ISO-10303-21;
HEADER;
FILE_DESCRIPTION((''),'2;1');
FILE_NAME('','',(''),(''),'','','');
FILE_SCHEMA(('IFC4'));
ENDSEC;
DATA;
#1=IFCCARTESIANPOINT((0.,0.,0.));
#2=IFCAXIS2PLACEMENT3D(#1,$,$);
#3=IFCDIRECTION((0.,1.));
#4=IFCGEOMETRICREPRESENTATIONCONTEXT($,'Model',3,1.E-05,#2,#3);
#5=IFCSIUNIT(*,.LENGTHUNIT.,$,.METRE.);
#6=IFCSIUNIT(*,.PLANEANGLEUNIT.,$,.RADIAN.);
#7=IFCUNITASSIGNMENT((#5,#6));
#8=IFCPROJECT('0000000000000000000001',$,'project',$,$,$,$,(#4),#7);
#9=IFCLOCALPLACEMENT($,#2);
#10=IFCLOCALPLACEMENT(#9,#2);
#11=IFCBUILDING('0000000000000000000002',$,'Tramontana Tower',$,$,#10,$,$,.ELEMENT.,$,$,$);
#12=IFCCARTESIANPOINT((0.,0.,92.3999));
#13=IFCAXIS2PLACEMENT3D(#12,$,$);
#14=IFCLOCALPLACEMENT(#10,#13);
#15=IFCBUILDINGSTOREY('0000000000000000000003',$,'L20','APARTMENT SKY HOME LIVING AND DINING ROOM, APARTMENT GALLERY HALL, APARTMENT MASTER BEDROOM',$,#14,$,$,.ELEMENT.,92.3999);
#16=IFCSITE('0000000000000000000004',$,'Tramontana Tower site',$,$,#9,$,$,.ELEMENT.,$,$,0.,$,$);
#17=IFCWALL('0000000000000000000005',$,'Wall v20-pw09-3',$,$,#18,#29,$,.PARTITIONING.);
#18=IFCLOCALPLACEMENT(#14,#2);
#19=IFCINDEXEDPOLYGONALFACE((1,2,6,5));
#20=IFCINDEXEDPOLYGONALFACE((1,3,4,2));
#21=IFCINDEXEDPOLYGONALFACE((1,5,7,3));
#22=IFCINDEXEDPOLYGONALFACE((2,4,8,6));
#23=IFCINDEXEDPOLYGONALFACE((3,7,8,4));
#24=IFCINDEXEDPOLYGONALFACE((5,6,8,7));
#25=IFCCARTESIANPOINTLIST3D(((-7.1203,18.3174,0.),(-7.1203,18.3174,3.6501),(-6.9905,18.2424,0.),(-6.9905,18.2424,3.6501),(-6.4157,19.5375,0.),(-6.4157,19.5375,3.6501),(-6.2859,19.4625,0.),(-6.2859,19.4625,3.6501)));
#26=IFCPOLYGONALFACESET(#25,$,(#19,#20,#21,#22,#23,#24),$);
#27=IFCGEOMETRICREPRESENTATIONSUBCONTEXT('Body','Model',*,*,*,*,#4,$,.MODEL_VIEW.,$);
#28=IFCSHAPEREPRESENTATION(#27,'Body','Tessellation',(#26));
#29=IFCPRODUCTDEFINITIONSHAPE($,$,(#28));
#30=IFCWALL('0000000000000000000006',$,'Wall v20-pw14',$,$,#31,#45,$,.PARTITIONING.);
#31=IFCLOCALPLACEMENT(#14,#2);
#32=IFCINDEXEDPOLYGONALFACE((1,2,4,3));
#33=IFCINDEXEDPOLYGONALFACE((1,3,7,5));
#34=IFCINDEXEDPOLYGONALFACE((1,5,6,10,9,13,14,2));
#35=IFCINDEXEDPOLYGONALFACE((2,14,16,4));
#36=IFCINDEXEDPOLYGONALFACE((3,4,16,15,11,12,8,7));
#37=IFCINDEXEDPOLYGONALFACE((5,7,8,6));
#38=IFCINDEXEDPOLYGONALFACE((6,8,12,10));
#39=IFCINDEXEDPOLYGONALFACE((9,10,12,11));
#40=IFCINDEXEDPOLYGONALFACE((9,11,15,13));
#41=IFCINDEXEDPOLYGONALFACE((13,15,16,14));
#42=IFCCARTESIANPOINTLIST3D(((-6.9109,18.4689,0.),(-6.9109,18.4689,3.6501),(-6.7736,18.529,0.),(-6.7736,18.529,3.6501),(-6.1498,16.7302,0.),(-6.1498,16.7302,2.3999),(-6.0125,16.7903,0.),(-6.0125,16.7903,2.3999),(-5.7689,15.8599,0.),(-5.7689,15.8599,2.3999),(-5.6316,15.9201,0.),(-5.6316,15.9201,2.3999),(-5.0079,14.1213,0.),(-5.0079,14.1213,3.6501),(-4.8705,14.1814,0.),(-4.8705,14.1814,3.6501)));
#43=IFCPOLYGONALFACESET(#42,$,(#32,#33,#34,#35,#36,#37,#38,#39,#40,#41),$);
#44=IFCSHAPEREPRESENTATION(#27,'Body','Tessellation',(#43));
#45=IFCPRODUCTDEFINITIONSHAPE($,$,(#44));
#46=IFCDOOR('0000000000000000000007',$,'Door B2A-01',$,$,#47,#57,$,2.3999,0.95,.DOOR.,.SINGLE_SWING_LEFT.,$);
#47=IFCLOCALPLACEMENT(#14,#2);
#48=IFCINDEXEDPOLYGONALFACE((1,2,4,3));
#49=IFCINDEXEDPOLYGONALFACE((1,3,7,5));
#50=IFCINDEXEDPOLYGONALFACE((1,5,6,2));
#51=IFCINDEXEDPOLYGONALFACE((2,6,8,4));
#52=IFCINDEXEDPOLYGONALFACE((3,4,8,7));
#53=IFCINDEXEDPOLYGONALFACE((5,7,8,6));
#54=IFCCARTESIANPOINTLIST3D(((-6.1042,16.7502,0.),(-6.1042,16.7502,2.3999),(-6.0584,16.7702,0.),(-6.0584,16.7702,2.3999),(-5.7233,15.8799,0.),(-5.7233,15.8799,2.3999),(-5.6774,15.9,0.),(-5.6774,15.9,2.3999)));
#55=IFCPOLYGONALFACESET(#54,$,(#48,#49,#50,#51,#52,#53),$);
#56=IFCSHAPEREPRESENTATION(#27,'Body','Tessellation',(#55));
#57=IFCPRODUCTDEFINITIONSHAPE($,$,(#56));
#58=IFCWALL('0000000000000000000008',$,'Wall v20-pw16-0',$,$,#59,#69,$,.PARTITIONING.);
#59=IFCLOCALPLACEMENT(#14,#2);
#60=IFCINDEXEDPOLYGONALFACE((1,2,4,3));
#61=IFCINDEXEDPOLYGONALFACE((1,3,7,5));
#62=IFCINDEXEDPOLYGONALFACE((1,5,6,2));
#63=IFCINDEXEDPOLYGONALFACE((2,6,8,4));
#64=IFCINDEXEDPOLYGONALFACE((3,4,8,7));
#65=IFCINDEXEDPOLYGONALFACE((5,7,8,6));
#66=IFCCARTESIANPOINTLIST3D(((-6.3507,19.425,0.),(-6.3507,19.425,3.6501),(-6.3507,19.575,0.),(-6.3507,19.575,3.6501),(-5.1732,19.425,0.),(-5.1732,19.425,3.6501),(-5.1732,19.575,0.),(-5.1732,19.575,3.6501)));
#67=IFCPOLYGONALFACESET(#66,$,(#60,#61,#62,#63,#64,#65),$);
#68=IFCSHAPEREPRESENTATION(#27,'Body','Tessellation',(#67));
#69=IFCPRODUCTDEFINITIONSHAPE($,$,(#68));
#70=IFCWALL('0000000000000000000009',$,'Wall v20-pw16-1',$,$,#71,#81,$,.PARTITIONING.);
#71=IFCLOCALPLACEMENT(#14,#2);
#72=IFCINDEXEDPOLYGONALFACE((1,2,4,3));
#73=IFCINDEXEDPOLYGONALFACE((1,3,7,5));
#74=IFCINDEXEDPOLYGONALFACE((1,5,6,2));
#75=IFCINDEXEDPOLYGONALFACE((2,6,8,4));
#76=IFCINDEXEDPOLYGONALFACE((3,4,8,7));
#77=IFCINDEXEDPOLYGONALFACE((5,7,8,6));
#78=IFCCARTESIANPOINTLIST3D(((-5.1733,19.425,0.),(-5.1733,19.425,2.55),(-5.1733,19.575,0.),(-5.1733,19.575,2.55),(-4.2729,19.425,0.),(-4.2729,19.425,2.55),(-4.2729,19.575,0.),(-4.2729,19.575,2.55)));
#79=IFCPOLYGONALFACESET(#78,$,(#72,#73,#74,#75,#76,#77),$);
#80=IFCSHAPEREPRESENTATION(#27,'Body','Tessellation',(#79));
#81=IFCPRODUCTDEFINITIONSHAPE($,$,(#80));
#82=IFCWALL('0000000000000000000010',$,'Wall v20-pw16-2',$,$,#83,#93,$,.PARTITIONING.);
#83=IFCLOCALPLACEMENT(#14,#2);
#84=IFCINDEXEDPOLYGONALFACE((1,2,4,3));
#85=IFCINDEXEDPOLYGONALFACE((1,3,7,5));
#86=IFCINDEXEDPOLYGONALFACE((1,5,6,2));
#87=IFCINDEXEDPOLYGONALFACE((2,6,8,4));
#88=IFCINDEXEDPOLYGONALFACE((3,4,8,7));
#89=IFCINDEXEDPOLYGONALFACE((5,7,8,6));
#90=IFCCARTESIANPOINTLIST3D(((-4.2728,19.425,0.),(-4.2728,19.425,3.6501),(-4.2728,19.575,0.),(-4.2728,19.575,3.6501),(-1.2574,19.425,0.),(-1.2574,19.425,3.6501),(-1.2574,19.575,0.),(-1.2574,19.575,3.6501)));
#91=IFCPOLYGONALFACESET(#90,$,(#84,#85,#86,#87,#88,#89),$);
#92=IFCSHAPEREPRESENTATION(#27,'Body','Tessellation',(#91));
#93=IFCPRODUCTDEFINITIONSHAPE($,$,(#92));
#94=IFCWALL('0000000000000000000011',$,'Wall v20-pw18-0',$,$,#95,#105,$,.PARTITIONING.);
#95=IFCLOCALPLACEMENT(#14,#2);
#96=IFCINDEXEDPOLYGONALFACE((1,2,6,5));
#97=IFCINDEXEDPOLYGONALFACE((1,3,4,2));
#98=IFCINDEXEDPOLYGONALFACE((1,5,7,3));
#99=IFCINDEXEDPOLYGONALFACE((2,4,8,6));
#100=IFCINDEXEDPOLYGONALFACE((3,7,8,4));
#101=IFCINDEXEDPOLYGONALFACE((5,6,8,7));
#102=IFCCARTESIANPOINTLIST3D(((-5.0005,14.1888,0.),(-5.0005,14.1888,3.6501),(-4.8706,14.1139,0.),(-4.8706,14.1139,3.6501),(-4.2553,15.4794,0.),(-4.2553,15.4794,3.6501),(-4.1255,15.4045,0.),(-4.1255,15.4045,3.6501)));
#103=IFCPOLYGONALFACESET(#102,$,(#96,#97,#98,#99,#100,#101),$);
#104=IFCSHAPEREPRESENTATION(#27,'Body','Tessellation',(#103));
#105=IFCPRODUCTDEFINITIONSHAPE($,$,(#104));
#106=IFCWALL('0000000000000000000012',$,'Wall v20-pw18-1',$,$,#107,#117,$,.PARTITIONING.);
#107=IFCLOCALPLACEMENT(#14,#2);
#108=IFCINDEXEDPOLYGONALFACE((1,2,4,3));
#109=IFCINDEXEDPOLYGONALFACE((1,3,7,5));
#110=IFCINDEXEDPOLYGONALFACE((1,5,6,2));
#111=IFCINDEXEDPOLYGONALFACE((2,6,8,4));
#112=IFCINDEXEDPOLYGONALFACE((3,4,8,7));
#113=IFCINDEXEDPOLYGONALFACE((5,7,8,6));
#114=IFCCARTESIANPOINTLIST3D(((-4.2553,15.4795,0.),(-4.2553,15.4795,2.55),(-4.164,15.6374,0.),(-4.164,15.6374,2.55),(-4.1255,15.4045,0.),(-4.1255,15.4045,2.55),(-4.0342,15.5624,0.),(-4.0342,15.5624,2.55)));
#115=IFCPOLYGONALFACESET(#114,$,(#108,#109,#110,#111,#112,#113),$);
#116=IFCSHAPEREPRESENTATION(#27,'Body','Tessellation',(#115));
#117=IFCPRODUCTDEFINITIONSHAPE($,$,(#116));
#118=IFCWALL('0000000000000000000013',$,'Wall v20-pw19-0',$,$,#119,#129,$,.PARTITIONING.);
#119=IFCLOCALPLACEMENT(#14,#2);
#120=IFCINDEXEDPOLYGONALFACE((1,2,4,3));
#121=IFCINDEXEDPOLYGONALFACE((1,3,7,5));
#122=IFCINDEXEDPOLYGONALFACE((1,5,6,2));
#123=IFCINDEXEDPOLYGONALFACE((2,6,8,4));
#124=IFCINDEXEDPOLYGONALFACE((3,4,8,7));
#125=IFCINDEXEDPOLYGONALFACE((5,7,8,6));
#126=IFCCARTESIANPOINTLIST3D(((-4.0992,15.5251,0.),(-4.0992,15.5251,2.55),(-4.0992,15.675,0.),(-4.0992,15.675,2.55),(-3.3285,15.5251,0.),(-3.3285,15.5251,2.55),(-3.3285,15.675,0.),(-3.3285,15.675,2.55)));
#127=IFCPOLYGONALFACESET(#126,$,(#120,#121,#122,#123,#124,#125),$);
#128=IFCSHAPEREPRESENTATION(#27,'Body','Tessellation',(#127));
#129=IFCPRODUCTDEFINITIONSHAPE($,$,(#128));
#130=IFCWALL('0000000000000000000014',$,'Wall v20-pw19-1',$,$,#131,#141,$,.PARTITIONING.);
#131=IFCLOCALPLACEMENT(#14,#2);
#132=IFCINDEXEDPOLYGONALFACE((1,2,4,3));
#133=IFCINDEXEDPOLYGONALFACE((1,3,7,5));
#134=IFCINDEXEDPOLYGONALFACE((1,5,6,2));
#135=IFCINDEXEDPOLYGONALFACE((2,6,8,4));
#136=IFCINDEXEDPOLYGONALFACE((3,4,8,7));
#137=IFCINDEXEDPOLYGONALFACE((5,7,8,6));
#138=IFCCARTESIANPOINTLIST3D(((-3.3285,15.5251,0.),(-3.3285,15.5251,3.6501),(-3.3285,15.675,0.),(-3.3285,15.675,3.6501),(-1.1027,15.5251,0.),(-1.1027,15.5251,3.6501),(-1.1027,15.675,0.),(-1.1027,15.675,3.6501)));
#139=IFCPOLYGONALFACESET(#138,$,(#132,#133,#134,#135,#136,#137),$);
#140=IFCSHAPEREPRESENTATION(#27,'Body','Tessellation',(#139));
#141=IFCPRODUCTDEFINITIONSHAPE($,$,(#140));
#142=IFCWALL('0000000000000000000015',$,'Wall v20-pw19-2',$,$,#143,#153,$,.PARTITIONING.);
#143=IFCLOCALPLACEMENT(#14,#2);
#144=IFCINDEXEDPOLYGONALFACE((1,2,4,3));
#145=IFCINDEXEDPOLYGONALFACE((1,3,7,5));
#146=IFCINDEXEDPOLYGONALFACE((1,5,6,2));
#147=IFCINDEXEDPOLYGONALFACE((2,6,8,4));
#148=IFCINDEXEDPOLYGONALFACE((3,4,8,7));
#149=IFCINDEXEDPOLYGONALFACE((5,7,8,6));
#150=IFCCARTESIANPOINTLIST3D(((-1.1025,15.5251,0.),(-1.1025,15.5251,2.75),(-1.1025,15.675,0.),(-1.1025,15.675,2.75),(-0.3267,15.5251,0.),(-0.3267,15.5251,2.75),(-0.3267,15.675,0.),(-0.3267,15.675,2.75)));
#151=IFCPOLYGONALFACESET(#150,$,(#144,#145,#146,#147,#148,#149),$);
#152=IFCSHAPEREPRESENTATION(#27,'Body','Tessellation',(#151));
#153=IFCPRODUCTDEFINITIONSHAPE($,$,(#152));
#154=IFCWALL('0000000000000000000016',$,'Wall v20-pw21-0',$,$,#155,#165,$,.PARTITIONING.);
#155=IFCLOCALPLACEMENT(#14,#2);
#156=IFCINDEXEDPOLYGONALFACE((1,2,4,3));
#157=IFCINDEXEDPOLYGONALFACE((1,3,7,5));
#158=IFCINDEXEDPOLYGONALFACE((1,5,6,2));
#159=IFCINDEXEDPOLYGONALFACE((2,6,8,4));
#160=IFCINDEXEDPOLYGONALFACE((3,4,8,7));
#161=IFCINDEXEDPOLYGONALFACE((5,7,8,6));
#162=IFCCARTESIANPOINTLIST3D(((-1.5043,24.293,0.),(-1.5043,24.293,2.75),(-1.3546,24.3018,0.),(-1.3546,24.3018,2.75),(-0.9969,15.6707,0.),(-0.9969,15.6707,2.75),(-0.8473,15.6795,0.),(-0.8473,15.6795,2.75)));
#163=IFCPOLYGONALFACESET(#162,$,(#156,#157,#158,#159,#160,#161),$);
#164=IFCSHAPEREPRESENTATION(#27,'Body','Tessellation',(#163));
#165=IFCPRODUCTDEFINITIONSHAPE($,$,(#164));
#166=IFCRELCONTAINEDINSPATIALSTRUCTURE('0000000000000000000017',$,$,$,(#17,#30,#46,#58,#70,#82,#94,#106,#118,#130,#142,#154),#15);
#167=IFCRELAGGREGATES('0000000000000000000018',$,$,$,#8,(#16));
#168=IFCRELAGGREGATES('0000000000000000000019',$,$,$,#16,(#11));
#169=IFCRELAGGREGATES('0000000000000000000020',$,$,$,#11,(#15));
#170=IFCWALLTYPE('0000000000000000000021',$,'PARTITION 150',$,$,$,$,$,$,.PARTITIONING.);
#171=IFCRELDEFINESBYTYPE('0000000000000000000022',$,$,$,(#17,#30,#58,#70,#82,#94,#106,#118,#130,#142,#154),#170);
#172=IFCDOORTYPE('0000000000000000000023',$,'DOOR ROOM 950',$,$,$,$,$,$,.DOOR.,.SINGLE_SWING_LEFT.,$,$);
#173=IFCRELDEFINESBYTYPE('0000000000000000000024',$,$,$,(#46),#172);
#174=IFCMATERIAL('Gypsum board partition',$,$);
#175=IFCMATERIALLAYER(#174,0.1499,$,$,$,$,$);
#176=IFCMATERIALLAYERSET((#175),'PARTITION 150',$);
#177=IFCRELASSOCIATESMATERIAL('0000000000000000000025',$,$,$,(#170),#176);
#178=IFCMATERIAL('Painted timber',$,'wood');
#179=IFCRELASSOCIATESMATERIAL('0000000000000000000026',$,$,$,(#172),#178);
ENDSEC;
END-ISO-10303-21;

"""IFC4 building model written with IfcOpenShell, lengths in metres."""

from ifc_helpers import new_model, si_unit, direction, frame, frame_2d, origin, place, context, subcontext, project, spatial, rectangle, extrude, material, layer, layer_set, type_object, element, fill, save


model = new_model("IFC4")

# Units and contexts
model_context = context("Model", 3, precision=1e-05, world=origin(), true_north=direction((0.0, 1.0)))
body_context = subcontext(model_context, "Body", "Model", "MODEL_VIEW")
ifc_project = project(units=[si_unit("LENGTHUNIT", "METRE"), si_unit("PLANEANGLEUNIT", "RADIAN")], contexts=[model_context])

# Site, building, storey
site_placement = place(None, origin())
site = spatial("IfcSite", under=ifc_project, at=site_placement, Name="Tramontana Tower site", CompositionType="ELEMENT", RefElevation=0.0)
building_placement = place(site_placement, origin())
building = spatial("IfcBuilding", under=site, at=building_placement, Name="Tramontana Tower", CompositionType="ELEMENT")
storey_placement = place(building_placement, frame((0.0, 0.0, 92.3999)))
storey = spatial("IfcBuildingStorey", under=building, at=storey_placement, Name="L20", Description="APARTMENT SKY HOME LIVING AND DINING ROOM, APARTMENT GALLERY HALL, APARTMENT MASTER BEDROOM", CompositionType="ELEMENT", Elevation=92.3999)

# Shared definitions
ifc_material_1 = material(Name="Gypsum board partition")
ifc_layer_1 = layer(ifc_material_1, 0.1499)
ifc_layer_set_1 = layer_set([ifc_layer_1], Name="PARTITION 150")
wall_type_1 = type_object("IfcWallType", Name="PARTITION 150", PredefinedType="PARTITIONING", material=ifc_layer_set_1)

# Shared definitions
ifc_material_2 = material(Name="Painted timber", Category="wood")
door_type_1 = type_object("IfcDoorType", Name="DOOR ROOM 950", OperationType="SINGLE_SWING_LEFT", PredefinedType="DOOR", material=ifc_material_2)

# Wall
wall_1_placement = place(storey_placement, frame((-7.0554, 18.2798, 0.0), z_axis=(0.0, 0.0, 1.0), x_axis=(0.500052, 0.865995, 0.0)))
element("IfcWall", 1, at=wall_1_placement, inside=storey, type_object=wall_type_1, Name="Wall v20-pw09-3", PredefinedType="PARTITIONING", context=body_context, shape_type="SweptSolid", body=[
    extrude(rectangle(XDim=1.4089, YDim=0.1499, at=frame_2d((0.7046, 0.0))), origin(), (0.0, 0.0, 1.0), 3.6501),
])

# Wall, opening, door
wall_2_placement = place(storey_placement, frame((-6.8423, 18.499, 0.0), z_axis=(0.0, 0.0, 1.0), x_axis=(0.400992, -0.916082, 0.0)))
wall_2 = element("IfcWall", 2, at=wall_2_placement, inside=storey, type_object=wall_type_1, Name="Wall v20-pw14", PredefinedType="PARTITIONING", context=body_context, shape_type="SweptSolid", body=[
    extrude(rectangle(XDim=4.7458, YDim=0.1499, at=frame_2d((2.373, 0.0))), origin(), (0.0, 0.0, 1.0), 3.6501),
])
opening_1_placement = place(wall_2_placement, frame((1.8979, 0.0, 0.0)))
opening_1 = element("IfcOpeningElement", 3, at=opening_1_placement, cuts=wall_2, PredefinedType="OPENING", context=body_context, shape_type="SweptSolid", body=[
    extrude(rectangle(XDim=0.95, YDim=2.3999, at=frame_2d((0.4751, 1.2))), frame((0.0, 0.085, 0.0), z_axis=(0.0, -1.0, 0.0), x_axis=(1.0, 0.0, 0.0)), (0.0, 0.0, 1.0), 0.1699),
])
door_1_placement = place(opening_1_placement, origin())
door_1 = element("IfcDoor", 4, at=door_1_placement, inside=storey, type_object=door_type_1, Name="Door B2A-01", OperationType="SINGLE_SWING_LEFT", OverallHeight=2.3999, OverallWidth=0.95, PredefinedType="DOOR", context=body_context, shape_type="SweptSolid", body=[
    extrude(rectangle(XDim=0.95, YDim=2.3999, at=frame_2d((0.4751, 1.2))), frame((0.0, 0.0249, 0.0), z_axis=(0.0, -1.0, 0.0), x_axis=(1.0, 0.0, 0.0)), (0.0, 0.0, 1.0), 0.05),
])
fill(opening_1, door_1)

# Walls
wall_3_placement = place(storey_placement, frame((-6.3508, 19.5, 0.0), z_axis=(0.0, 0.0, 1.0), x_axis=(1.0, 0.0, 0.0)))
element("IfcWall", 5, at=wall_3_placement, inside=storey, type_object=wall_type_1, Name="Wall v20-pw16-0", PredefinedType="PARTITIONING", context=body_context, shape_type="SweptSolid", body=[
    extrude(rectangle(XDim=1.1775, YDim=0.1499, at=frame_2d((0.5889, 0.0))), origin(), (0.0, 0.0, 1.0), 3.6501),
])
wall_4_placement = place(storey_placement, frame((-5.1733, 19.5, 0.0), z_axis=(0.0, 0.0, 1.0), x_axis=(1.0, 0.0, 0.0)))
element("IfcWall", 6, at=wall_4_placement, inside=storey, type_object=wall_type_1, Name="Wall v20-pw16-1", PredefinedType="PARTITIONING", context=body_context, shape_type="SweptSolid", body=[
    extrude(rectangle(XDim=0.9004, YDim=0.1499, at=frame_2d((0.4502, 0.0))), origin(), (0.0, 0.0, 1.0), 2.55),
])
wall_5_placement = place(storey_placement, frame((-4.2729, 19.5, 0.0), z_axis=(0.0, 0.0, 1.0), x_axis=(1.0, 0.0, 0.0)))
element("IfcWall", 7, at=wall_5_placement, inside=storey, type_object=wall_type_1, Name="Wall v20-pw16-2", PredefinedType="PARTITIONING", context=body_context, shape_type="SweptSolid", body=[
    extrude(rectangle(XDim=3.0154, YDim=0.1499, at=frame_2d((1.5078, 0.0))), origin(), (0.0, 0.0, 1.0), 3.6501),
])
wall_6_placement = place(storey_placement, frame((-4.9355, 14.1514, 0.0), z_axis=(0.0, 0.0, 1.0), x_axis=(0.500016, 0.866016, 0.0)))
element("IfcWall", 8, at=wall_6_placement, inside=storey, type_object=wall_type_1, Name="Wall v20-pw18-0", PredefinedType="PARTITIONING", context=body_context, shape_type="SweptSolid", body=[
    extrude(rectangle(XDim=1.4902, YDim=0.1499, at=frame_2d((0.7451, 0.0))), origin(), (0.0, 0.0, 1.0), 3.6501),
])
wall_7_placement = place(storey_placement, frame((-4.1904, 15.4419, 0.0), z_axis=(0.0, 0.0, 1.0), x_axis=(0.500456, 0.865762, 0.0)))
element("IfcWall", 9, at=wall_7_placement, inside=storey, type_object=wall_type_1, Name="Wall v20-pw18-1", PredefinedType="PARTITIONING", context=body_context, shape_type="SweptSolid", body=[
    extrude(rectangle(XDim=0.1824, YDim=0.1499, at=frame_2d((0.0913, 0.0))), origin(), (0.0, 0.0, 1.0), 2.55),
])
wall_8_placement = place(storey_placement, frame((-4.0991, 15.6001, 0.0), z_axis=(0.0, 0.0, 1.0), x_axis=(1.0, 0.0, 0.0)))
element("IfcWall", 10, at=wall_8_placement, inside=storey, type_object=wall_type_1, Name="Wall v20-pw19-0", PredefinedType="PARTITIONING", context=body_context, shape_type="SweptSolid", body=[
    extrude(rectangle(XDim=0.7708, YDim=0.1499, at=frame_2d((0.3853, 0.0))), origin(), (0.0, 0.0, 1.0), 2.55),
])
wall_9_placement = place(storey_placement, frame((-3.3284, 15.6001, 0.0), z_axis=(0.0, 0.0, 1.0), x_axis=(1.0, 0.0, 0.0)))
element("IfcWall", 11, at=wall_9_placement, inside=storey, type_object=wall_type_1, Name="Wall v20-pw19-1", PredefinedType="PARTITIONING", context=body_context, shape_type="SweptSolid", body=[
    extrude(rectangle(XDim=2.2258, YDim=0.1499, at=frame_2d((1.1128, 0.0))), origin(), (0.0, 0.0, 1.0), 3.6501),
])
wall_10_placement = place(storey_placement, frame((-1.1025, 15.6001, 0.0), z_axis=(0.0, 0.0, 1.0), x_axis=(1.0, 0.0, 0.0)))
element("IfcWall", 12, at=wall_10_placement, inside=storey, type_object=wall_type_1, Name="Wall v20-pw19-2", PredefinedType="PARTITIONING", context=body_context, shape_type="SweptSolid", body=[
    extrude(rectangle(XDim=0.7759, YDim=0.1499, at=frame_2d((0.3879, 0.0))), origin(), (0.0, 0.0, 1.0), 2.75),
])
wall_11_placement = place(storey_placement, frame((-1.4294, 24.2974, 0.0), z_axis=(0.0, 0.0, 1.0), x_axis=(0.058737, -0.998273, 0.0)))
element("IfcWall", 13, at=wall_11_placement, inside=storey, type_object=wall_type_1, Name="Wall v20-pw21-0", PredefinedType="PARTITIONING", context=body_context, shape_type="SweptSolid", body=[
    extrude(rectangle(XDim=8.6372, YDim=0.1499, at=frame_2d((4.3186, 0.0))), origin(), (0.0, 0.0, 1.0), 2.75),
])

save(model, "model.ifc")
